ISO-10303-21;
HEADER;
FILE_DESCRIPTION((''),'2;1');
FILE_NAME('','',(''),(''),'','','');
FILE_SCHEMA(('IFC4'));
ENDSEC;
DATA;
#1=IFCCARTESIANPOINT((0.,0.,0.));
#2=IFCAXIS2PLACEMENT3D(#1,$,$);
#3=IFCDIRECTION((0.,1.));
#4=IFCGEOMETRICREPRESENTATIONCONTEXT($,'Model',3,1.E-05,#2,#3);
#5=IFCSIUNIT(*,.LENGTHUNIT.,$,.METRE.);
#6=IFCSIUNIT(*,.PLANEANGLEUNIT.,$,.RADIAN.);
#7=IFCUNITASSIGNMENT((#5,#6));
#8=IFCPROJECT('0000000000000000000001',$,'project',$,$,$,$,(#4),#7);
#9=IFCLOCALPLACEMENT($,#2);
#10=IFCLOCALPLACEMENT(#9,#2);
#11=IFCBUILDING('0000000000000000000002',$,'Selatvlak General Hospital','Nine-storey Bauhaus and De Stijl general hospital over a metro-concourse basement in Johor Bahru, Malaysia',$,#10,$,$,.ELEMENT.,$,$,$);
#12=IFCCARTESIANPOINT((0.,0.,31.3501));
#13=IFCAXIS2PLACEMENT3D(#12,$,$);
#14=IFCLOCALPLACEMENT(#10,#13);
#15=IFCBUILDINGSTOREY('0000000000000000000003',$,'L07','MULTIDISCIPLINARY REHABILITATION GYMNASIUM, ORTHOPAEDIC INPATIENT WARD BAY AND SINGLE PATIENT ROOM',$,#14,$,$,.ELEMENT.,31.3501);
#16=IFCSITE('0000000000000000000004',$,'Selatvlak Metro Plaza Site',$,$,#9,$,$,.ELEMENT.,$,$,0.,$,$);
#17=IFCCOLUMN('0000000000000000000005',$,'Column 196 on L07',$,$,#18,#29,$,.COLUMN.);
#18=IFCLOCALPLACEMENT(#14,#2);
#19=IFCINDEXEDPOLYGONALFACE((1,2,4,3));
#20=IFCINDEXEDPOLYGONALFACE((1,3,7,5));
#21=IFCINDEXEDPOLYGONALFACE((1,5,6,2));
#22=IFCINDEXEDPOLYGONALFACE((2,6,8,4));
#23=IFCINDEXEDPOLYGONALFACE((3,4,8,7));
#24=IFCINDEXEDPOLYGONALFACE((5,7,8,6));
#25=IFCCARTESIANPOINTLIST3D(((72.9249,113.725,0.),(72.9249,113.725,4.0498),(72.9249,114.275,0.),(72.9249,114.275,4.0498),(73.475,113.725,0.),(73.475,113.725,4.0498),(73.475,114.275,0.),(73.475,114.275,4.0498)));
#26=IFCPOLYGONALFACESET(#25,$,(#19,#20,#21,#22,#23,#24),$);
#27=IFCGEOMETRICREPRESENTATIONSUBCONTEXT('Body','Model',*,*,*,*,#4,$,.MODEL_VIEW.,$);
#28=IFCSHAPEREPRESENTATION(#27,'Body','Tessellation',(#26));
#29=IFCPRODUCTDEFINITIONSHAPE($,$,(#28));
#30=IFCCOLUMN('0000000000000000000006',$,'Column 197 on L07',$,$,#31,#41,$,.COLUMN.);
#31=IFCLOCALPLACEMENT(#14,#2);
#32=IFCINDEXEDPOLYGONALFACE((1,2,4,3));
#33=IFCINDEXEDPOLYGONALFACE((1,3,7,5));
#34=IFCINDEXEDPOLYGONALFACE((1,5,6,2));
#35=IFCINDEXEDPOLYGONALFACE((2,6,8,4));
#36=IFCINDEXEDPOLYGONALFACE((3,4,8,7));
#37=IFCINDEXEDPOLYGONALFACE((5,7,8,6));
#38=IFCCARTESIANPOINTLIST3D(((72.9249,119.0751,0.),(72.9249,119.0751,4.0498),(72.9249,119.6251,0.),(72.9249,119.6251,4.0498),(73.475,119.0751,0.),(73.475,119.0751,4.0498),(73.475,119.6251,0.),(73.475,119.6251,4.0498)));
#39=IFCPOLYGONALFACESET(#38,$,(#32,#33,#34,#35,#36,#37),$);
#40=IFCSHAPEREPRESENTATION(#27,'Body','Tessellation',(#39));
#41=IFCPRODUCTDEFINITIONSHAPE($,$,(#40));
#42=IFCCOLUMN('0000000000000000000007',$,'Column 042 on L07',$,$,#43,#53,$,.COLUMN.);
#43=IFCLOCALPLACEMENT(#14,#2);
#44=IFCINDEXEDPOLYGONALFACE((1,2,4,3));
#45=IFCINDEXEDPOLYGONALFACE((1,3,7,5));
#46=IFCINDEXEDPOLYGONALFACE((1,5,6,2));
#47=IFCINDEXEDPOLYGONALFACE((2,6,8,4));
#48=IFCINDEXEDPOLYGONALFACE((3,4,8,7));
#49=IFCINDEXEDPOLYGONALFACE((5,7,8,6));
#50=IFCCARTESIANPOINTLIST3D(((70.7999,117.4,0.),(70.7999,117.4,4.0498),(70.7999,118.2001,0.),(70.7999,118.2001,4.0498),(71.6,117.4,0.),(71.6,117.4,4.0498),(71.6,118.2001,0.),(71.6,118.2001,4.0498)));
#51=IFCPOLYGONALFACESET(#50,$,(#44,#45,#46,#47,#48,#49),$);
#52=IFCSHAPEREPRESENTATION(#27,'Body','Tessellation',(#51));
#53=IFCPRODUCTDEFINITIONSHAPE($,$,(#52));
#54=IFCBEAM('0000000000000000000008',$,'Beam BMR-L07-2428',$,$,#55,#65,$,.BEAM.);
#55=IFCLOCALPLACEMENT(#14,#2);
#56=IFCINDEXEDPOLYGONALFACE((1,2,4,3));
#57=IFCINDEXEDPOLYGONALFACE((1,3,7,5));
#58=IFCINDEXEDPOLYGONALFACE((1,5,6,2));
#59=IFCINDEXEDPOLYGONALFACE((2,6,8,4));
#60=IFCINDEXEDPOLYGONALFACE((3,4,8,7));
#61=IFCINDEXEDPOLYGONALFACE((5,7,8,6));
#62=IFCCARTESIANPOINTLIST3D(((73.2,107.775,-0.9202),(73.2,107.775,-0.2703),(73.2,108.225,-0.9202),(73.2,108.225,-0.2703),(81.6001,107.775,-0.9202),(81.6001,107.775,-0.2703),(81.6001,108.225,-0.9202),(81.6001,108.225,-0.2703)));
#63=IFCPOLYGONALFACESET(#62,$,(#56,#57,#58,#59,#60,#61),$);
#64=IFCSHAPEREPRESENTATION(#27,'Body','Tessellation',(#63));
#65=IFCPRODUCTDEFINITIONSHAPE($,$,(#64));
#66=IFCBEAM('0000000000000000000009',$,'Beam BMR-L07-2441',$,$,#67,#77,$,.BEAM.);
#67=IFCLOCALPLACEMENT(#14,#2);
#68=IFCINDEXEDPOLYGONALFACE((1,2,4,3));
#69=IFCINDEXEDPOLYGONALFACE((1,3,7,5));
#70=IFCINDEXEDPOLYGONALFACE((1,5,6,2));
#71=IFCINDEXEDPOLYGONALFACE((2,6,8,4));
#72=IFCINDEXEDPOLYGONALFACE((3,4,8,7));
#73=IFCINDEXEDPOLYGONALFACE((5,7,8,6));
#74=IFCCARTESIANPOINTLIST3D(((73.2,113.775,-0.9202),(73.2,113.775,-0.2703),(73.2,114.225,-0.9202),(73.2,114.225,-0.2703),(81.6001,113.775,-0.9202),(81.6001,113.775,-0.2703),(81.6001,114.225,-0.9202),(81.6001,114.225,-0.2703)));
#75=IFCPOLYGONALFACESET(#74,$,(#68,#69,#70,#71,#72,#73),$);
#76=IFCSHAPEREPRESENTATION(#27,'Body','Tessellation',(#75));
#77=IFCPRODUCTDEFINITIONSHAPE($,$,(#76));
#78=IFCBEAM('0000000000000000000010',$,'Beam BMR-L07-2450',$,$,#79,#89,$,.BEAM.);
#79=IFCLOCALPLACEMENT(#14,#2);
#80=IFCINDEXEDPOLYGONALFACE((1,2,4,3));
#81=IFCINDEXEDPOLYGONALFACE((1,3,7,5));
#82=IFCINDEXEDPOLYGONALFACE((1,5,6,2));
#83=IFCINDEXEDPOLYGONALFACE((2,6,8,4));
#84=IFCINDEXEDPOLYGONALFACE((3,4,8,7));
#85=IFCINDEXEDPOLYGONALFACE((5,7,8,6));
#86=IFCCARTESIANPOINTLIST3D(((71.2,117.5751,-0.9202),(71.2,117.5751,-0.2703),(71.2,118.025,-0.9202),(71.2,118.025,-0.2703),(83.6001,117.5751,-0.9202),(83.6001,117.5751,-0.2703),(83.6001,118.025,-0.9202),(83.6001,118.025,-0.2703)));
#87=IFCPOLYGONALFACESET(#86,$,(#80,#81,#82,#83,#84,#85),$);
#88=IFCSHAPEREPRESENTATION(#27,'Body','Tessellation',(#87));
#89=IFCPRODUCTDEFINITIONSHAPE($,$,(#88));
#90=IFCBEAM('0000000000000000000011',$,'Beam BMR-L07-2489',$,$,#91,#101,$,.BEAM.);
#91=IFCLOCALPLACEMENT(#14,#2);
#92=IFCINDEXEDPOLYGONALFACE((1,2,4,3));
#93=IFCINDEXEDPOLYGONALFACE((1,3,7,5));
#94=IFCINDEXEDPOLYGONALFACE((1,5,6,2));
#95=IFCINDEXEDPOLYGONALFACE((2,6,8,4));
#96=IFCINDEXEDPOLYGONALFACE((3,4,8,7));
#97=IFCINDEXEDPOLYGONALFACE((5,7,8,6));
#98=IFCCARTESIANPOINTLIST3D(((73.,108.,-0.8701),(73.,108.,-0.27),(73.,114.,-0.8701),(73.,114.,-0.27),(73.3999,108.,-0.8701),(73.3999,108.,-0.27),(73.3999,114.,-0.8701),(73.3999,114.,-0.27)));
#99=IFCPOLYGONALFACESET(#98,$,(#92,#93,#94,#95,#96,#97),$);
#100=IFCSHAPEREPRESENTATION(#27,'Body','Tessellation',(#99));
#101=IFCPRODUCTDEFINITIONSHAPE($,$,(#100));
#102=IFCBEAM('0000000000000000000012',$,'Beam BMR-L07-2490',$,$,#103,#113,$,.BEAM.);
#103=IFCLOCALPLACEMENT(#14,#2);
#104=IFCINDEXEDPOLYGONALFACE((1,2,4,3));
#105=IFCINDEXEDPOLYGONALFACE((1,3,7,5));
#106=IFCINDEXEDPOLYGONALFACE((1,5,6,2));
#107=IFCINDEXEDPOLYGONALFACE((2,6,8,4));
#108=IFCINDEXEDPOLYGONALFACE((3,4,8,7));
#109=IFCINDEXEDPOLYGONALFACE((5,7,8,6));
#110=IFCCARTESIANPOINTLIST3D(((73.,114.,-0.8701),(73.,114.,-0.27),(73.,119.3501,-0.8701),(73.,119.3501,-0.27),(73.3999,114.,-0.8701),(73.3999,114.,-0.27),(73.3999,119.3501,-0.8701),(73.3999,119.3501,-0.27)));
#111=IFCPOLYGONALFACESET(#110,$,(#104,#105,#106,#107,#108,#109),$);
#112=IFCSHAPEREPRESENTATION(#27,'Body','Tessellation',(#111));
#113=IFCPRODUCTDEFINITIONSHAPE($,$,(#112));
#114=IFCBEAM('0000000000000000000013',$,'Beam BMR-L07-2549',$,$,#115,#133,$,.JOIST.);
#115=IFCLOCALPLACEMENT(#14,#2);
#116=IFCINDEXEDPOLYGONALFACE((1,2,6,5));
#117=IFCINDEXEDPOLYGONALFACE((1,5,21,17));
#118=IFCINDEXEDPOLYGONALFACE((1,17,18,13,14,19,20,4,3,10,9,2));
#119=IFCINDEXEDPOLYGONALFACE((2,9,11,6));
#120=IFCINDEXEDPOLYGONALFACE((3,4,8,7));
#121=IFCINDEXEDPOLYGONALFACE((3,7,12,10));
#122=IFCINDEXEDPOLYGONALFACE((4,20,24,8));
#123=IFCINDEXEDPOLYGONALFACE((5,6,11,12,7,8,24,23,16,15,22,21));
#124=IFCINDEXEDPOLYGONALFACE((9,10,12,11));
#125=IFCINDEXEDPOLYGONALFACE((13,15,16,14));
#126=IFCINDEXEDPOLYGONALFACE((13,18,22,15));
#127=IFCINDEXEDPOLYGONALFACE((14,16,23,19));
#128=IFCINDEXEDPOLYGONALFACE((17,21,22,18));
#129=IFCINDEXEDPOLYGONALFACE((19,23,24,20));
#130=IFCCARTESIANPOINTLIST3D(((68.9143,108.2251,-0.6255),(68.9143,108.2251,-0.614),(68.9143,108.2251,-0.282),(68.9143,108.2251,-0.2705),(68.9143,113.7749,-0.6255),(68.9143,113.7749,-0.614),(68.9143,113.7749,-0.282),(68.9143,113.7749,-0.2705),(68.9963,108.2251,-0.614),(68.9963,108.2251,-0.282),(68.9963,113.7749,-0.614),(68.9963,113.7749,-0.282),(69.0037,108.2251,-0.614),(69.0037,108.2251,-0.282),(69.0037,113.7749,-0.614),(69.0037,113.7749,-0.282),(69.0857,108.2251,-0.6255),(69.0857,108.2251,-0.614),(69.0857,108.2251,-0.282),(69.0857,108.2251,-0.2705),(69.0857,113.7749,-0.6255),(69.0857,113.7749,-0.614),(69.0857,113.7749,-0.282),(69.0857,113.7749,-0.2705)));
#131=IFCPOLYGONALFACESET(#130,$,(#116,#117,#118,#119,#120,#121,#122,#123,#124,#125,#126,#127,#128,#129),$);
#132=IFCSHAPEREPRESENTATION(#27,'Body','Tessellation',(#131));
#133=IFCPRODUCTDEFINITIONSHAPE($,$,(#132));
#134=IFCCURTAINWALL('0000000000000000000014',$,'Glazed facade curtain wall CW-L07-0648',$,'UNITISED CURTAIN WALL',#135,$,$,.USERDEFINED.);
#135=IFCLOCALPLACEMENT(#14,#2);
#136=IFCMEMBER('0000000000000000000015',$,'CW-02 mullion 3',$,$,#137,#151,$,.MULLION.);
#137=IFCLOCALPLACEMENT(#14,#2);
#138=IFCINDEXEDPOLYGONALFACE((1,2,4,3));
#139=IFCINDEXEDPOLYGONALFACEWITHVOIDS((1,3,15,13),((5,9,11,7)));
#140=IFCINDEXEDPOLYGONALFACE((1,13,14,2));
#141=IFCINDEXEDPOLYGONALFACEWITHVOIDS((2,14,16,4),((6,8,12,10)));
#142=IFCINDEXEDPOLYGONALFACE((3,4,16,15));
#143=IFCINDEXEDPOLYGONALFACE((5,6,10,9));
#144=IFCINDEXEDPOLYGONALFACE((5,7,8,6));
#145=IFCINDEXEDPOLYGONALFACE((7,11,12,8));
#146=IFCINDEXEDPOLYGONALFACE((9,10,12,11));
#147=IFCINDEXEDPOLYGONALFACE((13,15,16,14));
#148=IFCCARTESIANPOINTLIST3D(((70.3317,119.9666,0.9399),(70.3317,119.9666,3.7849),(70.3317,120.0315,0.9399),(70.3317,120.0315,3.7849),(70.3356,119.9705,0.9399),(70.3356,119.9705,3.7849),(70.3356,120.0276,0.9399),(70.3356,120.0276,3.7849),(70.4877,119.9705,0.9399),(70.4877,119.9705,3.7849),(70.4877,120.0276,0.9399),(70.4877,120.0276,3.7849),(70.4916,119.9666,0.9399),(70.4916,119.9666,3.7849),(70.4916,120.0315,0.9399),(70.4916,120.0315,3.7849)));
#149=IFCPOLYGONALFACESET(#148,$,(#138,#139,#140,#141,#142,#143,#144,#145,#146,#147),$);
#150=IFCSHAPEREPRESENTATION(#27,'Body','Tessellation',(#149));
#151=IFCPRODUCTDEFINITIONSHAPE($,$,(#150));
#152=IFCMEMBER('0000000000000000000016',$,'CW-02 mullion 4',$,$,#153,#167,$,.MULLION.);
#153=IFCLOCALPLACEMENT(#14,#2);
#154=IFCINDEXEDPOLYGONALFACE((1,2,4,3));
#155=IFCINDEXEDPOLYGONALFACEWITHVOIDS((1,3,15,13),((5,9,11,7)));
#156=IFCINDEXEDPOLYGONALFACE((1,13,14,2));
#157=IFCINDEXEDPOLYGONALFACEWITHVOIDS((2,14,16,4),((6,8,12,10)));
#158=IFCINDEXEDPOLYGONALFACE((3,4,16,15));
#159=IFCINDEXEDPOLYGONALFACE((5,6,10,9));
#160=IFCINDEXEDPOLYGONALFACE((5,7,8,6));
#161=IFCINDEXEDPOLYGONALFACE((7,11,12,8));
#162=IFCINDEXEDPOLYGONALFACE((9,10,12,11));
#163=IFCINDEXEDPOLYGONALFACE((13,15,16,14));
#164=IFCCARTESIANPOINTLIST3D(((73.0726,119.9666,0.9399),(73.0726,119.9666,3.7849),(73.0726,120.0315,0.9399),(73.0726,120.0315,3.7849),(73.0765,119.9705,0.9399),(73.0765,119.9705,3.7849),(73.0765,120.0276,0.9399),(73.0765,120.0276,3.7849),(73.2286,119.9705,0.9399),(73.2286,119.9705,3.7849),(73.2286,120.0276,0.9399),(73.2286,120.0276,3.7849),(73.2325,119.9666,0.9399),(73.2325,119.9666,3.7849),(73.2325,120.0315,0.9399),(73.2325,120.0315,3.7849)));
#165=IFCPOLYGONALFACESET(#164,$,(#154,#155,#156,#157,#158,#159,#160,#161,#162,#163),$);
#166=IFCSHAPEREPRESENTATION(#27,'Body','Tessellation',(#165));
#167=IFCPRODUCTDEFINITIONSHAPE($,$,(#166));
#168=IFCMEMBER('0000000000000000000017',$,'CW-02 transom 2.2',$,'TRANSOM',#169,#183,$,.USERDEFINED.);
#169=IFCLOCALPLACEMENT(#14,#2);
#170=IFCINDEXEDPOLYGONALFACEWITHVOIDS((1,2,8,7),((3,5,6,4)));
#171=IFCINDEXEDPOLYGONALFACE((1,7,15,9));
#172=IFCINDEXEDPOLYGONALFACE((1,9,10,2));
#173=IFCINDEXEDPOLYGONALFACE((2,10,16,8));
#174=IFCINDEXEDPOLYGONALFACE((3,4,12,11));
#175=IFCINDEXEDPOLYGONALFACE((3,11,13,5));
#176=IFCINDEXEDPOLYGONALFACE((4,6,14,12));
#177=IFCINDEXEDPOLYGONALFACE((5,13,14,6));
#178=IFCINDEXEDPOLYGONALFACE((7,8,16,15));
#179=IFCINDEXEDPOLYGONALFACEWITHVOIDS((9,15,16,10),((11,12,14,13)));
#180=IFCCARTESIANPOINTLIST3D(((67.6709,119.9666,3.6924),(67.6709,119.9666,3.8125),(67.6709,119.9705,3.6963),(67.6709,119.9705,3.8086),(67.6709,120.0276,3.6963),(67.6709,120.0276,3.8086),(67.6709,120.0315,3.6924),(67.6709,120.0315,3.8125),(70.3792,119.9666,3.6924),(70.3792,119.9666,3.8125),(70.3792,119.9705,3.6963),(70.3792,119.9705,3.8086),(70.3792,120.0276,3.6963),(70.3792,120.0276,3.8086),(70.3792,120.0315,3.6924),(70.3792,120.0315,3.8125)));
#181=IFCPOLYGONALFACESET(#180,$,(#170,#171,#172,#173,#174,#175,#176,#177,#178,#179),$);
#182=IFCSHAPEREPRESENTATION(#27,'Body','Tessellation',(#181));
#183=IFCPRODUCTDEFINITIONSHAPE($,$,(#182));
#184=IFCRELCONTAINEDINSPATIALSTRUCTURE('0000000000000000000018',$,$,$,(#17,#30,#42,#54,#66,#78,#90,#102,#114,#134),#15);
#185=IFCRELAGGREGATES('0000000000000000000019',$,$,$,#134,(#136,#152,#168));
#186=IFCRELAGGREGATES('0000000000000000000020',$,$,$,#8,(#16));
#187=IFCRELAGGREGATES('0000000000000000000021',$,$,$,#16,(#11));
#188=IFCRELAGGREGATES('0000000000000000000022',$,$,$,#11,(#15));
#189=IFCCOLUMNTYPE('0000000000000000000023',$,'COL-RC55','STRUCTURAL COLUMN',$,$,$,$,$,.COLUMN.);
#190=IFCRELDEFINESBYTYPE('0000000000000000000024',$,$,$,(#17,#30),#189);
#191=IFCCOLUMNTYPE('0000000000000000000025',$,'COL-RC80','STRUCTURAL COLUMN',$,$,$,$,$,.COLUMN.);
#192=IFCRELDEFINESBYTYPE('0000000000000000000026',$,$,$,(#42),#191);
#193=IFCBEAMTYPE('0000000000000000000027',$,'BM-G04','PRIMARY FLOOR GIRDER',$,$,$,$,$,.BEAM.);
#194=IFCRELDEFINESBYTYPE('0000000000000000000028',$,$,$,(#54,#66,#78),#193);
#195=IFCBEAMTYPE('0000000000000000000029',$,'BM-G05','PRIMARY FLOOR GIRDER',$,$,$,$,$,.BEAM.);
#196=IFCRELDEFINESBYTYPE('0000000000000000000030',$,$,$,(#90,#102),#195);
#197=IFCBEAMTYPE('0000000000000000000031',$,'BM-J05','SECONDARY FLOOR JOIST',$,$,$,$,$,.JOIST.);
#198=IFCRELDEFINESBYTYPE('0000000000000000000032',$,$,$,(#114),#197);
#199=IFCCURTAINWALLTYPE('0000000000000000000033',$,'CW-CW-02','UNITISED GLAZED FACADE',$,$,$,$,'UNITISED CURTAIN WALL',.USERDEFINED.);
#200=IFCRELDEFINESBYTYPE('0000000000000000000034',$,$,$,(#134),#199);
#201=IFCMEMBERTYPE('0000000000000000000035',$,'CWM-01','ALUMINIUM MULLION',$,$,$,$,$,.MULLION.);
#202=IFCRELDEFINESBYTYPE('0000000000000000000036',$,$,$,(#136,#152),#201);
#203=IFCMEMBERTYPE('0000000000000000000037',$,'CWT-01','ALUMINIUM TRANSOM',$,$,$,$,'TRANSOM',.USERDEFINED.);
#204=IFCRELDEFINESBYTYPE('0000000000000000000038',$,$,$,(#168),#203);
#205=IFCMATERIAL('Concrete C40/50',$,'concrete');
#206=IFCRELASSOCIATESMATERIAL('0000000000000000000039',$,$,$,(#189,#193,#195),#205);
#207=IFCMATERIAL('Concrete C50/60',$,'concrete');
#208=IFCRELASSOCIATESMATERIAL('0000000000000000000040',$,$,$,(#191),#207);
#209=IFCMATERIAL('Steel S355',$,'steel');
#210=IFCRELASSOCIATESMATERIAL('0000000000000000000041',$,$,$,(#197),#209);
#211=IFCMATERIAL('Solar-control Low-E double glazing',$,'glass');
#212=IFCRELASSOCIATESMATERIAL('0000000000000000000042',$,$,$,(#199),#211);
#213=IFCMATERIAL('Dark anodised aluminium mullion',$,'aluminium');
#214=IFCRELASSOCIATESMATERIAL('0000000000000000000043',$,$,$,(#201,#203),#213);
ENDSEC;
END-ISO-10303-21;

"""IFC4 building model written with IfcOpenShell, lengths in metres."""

from ifc_helpers import new_model, si_unit, direction, frame, origin, origin_2d, place, context, subcontext, project, spatial, rectangle, hollow_rectangle, i_section, extrude, material, material_profile, profile_set, type_object, element, aggregate, save


model = new_model("IFC4")

# Units and contexts
model_context = context("Model", 3, precision=1e-05, world=origin(), true_north=direction((0.0, 1.0)))
body_context = subcontext(model_context, "Body", "Model", "MODEL_VIEW")
ifc_project = project(units=[si_unit("LENGTHUNIT", "METRE"), si_unit("PLANEANGLEUNIT", "RADIAN")], contexts=[model_context])

# Site, building, storey
site_placement = place(None, origin())
site = spatial("IfcSite", under=ifc_project, at=site_placement, Name="Selatvlak Metro Plaza Site", CompositionType="ELEMENT", RefElevation=0.0)
building_placement = place(site_placement, origin())
building = spatial("IfcBuilding", under=site, at=building_placement, Name="Selatvlak General Hospital", Description="Nine-storey Bauhaus and De Stijl general hospital over a metro-concourse basement in Johor Bahru, Malaysia", CompositionType="ELEMENT")
storey_placement = place(building_placement, frame((0.0, 0.0, 31.3501)))
storey = spatial("IfcBuildingStorey", under=building, at=storey_placement, Name="L07", Description="MULTIDISCIPLINARY REHABILITATION GYMNASIUM, ORTHOPAEDIC INPATIENT WARD BAY AND SINGLE PATIENT ROOM", CompositionType="ELEMENT", Elevation=31.3501)

# Columns
ifc_material_1 = material(Name="Concrete C40/50", Category="concrete")
ifc_material_profile_1 = material_profile(ifc_material_1, rectangle(XDim=0.55, YDim=0.55, at=origin_2d()), Name="RC-COL 550x550")
ifc_profile_set_1 = profile_set([ifc_material_profile_1], Name="Concrete C40/50")
column_type_1 = type_object("IfcColumnType", Name="COL-RC55", Description="STRUCTURAL COLUMN", PredefinedType="COLUMN", material=ifc_profile_set_1)
for number, where, z_axis, x_axis, name in (
    (1, (73.2, 114.0, 0.0), (0.0, 0.0, 1.0), (1.0, 0.0, 0.0), "Column 196 on L07"),
    (2, (73.2, 119.3501, 0.0), (0.0, 0.0, 1.0), (1.0, 0.0, 0.0), "Column 197 on L07"),
):
    element("IfcColumn", number, at=place(storey_placement, frame(where, z_axis=z_axis, x_axis=x_axis)), inside=storey, type_object=column_type_1, Name=name, PredefinedType="COLUMN", context=body_context, shape_type="SweptSolid", body=[
        extrude(rectangle(XDim=0.55, YDim=0.55, at=origin_2d()), origin(), (0.0, 0.0, 1.0), 4.0498),
    ])
ifc_material_2 = material(Name="Concrete C50/60", Category="concrete")
ifc_material_profile_2 = material_profile(ifc_material_2, rectangle(XDim=0.8, YDim=0.8, at=origin_2d()), Name="RC-COL 800x800")
ifc_profile_set_2 = profile_set([ifc_material_profile_2], Name="Concrete C50/60")
column_type_2 = type_object("IfcColumnType", Name="COL-RC80", Description="STRUCTURAL COLUMN", PredefinedType="COLUMN", material=ifc_profile_set_2)
column_placement = place(storey_placement, frame((71.2, 117.8, 0.0), z_axis=(0.0, 0.0, 1.0), x_axis=(1.0, 0.0, 0.0)))
element("IfcColumn", 3, at=column_placement, inside=storey, type_object=column_type_2, Name="Column 042 on L07", PredefinedType="COLUMN", context=body_context, shape_type="SweptSolid", body=[
    extrude(rectangle(XDim=0.8, YDim=0.8, at=origin_2d()), origin(), (0.0, 0.0, 1.0), 4.0498),
])

# Beams
ifc_material_profile_3 = material_profile(ifc_material_1, rectangle(XDim=0.45, YDim=0.6499, at=origin_2d()), Name="RC-BM 450x650")
ifc_profile_set_3 = profile_set([ifc_material_profile_3], Name="Concrete C40/50")
beam_type_1 = type_object("IfcBeamType", Name="BM-G04", Description="PRIMARY FLOOR GIRDER", PredefinedType="BEAM", material=ifc_profile_set_3)
for number, where, z_axis, x_axis, name in (
    (4, (73.2, 108.0, -0.5952), (1.0, 0.0, 0.0), (0.0, 1.0, 0.0), "Beam BMR-L07-2428"),
    (5, (73.2, 114.0, -0.5952), (1.0, 0.0, 0.0), (0.0, 1.0, 0.0), "Beam BMR-L07-2441"),
):
    element("IfcBeam", number, at=place(storey_placement, frame(where, z_axis=z_axis, x_axis=x_axis)), inside=storey, type_object=beam_type_1, Name=name, PredefinedType="BEAM", context=body_context, shape_type="SweptSolid", body=[
        extrude(rectangle(XDim=0.45, YDim=0.6499, at=origin_2d()), origin(), (0.0, 0.0, 1.0), 8.4001),
    ])
beam_1_placement = place(storey_placement, frame((71.2, 117.8, -0.5952), z_axis=(1.0, 0.0, 0.0), x_axis=(0.0, 1.0, 0.0)))
element("IfcBeam", 6, at=beam_1_placement, inside=storey, type_object=beam_type_1, Name="Beam BMR-L07-2450", PredefinedType="BEAM", context=body_context, shape_type="SweptSolid", body=[
    extrude(rectangle(XDim=0.45, YDim=0.6499, at=origin_2d()), origin(), (0.0, 0.0, 1.0), 12.4001),
])
ifc_material_profile_4 = material_profile(ifc_material_1, rectangle(XDim=0.3999, YDim=0.6001, at=origin_2d()), Name="RC-BM 400x600")
ifc_profile_set_4 = profile_set([ifc_material_profile_4], Name="Concrete C40/50")
beam_type_2 = type_object("IfcBeamType", Name="BM-G05", Description="PRIMARY FLOOR GIRDER", PredefinedType="BEAM", material=ifc_profile_set_4)
beam_2_placement = place(storey_placement, frame((73.2, 108.0, -0.5701), z_axis=(0.0, 1.0, 0.0), x_axis=(-1.0, 0.0, 0.0)))
element("IfcBeam", 7, at=beam_2_placement, inside=storey, type_object=beam_type_2, Name="Beam BMR-L07-2489", PredefinedType="BEAM", context=body_context, shape_type="SweptSolid", body=[
    extrude(rectangle(XDim=0.3999, YDim=0.6001, at=origin_2d()), origin(), (0.0, 0.0, 1.0), 6.0),
])
beam_3_placement = place(storey_placement, frame((73.2, 114.0, -0.5701), z_axis=(0.0, 1.0, 0.0), x_axis=(-1.0, 0.0, 0.0)))
element("IfcBeam", 8, at=beam_3_placement, inside=storey, type_object=beam_type_2, Name="Beam BMR-L07-2490", PredefinedType="BEAM", context=body_context, shape_type="SweptSolid", body=[
    extrude(rectangle(XDim=0.3999, YDim=0.6001, at=origin_2d()), origin(), (0.0, 0.0, 1.0), 5.3501),
])
ifc_material_3 = material(Name="Steel S355", Category="steel")
ifc_material_profile_5 = material_profile(ifc_material_3, i_section(OverallWidth=0.1714, OverallDepth=0.355, WebThickness=0.0073, FlangeThickness=0.0115, at=origin_2d()), Name="UB 356x171x51")
ifc_profile_set_5 = profile_set([ifc_material_profile_5], Name="Steel S355")
beam_type_3 = type_object("IfcBeamType", Name="BM-J05", Description="SECONDARY FLOOR JOIST", PredefinedType="JOIST", material=ifc_profile_set_5)
beam_4_placement = place(storey_placement, frame((69.0, 108.2251, -0.448), z_axis=(0.0, 1.0, 0.0), x_axis=(-1.0, 0.0, 0.0)))
element("IfcBeam", 9, at=beam_4_placement, inside=storey, type_object=beam_type_3, Name="Beam BMR-L07-2549", PredefinedType="JOIST", context=body_context, shape_type="SweptSolid", body=[
    extrude(i_section(OverallWidth=0.1714, OverallDepth=0.355, WebThickness=0.0073, FlangeThickness=0.0115, at=origin_2d()), origin(), (0.0, 0.0, 1.0), 5.5498),
])

# Curtain wall, members
ifc_material_4 = material(Name="Solar-control Low-E double glazing", Category="glass")
curtain_wall_type = type_object("IfcCurtainWallType", Name="CW-CW-02", Description="UNITISED GLAZED FACADE", ElementType="UNITISED CURTAIN WALL", PredefinedType="USERDEFINED", material=ifc_material_4)
curtain_wall_placement = place(storey_placement, origin())
curtain_wall = element("IfcCurtainWall", 10, at=curtain_wall_placement, inside=storey, type_object=curtain_wall_type, Name="Glazed facade curtain wall CW-L07-0648", ObjectType="UNITISED CURTAIN WALL", PredefinedType="USERDEFINED")
ifc_material_5 = material(Name="Dark anodised aluminium mullion", Category="aluminium")
ifc_material_profile_6 = material_profile(ifc_material_5, hollow_rectangle(XDim=0.0649, YDim=0.1599, WallThickness=0.0039, at=origin_2d()), Name="AL-MUL 65x160x4")
ifc_profile_set_6 = profile_set([ifc_material_profile_6], Name="Dark anodised aluminium mullion")
member_type_1 = type_object("IfcMemberType", Name="CWM-01", Description="ALUMINIUM MULLION", PredefinedType="MULLION", material=ifc_profile_set_6)
member_1_placement = place(storey_placement, frame((70.4116, 119.999, 0.9399), z_axis=(0.0, 0.0, 1.0), x_axis=(0.0, 1.0, 0.0)))
member_1 = element("IfcMember", 11, at=member_1_placement, type_object=member_type_1, Name="CW-02 mullion 3", PredefinedType="MULLION", context=body_context, shape_type="SweptSolid", body=[
    extrude(hollow_rectangle(XDim=0.0649, YDim=0.1599, WallThickness=0.0039, at=origin_2d()), origin(), (0.0, 0.0, 1.0), 2.845),
])
member_2_placement = place(storey_placement, frame((73.1526, 119.999, 0.9399), z_axis=(0.0, 0.0, 1.0), x_axis=(0.0, 1.0, 0.0)))
member_2 = element("IfcMember", 12, at=member_2_placement, type_object=member_type_1, Name="CW-02 mullion 4", PredefinedType="MULLION", context=body_context, shape_type="SweptSolid", body=[
    extrude(hollow_rectangle(XDim=0.0649, YDim=0.1599, WallThickness=0.0039, at=origin_2d()), origin(), (0.0, 0.0, 1.0), 2.845),
])
ifc_material_profile_7 = material_profile(ifc_material_5, hollow_rectangle(XDim=0.0649, YDim=0.1201, WallThickness=0.0039, at=origin_2d()), Name="AL-TRN 65x120x4")
ifc_profile_set_7 = profile_set([ifc_material_profile_7], Name="Dark anodised aluminium mullion")
member_type_2 = type_object("IfcMemberType", Name="CWT-01", Description="ALUMINIUM TRANSOM", ElementType="TRANSOM", PredefinedType="USERDEFINED", material=ifc_profile_set_7)
member_3_placement = place(storey_placement, frame((67.6709, 119.999, 3.7524), z_axis=(1.0, 0.0, 0.0), x_axis=(0.0, 1.0, 0.0)))
member_3 = element("IfcMember", 13, at=member_3_placement, type_object=member_type_2, Name="CW-02 transom 2.2", ObjectType="TRANSOM", PredefinedType="USERDEFINED", context=body_context, shape_type="SweptSolid", body=[
    extrude(hollow_rectangle(XDim=0.0649, YDim=0.1201, WallThickness=0.0039, at=origin_2d()), origin(), (0.0, 0.0, 1.0), 2.7083),
])
aggregate(curtain_wall, [member_1, member_2, member_3])

save(model, "model.ifc")
